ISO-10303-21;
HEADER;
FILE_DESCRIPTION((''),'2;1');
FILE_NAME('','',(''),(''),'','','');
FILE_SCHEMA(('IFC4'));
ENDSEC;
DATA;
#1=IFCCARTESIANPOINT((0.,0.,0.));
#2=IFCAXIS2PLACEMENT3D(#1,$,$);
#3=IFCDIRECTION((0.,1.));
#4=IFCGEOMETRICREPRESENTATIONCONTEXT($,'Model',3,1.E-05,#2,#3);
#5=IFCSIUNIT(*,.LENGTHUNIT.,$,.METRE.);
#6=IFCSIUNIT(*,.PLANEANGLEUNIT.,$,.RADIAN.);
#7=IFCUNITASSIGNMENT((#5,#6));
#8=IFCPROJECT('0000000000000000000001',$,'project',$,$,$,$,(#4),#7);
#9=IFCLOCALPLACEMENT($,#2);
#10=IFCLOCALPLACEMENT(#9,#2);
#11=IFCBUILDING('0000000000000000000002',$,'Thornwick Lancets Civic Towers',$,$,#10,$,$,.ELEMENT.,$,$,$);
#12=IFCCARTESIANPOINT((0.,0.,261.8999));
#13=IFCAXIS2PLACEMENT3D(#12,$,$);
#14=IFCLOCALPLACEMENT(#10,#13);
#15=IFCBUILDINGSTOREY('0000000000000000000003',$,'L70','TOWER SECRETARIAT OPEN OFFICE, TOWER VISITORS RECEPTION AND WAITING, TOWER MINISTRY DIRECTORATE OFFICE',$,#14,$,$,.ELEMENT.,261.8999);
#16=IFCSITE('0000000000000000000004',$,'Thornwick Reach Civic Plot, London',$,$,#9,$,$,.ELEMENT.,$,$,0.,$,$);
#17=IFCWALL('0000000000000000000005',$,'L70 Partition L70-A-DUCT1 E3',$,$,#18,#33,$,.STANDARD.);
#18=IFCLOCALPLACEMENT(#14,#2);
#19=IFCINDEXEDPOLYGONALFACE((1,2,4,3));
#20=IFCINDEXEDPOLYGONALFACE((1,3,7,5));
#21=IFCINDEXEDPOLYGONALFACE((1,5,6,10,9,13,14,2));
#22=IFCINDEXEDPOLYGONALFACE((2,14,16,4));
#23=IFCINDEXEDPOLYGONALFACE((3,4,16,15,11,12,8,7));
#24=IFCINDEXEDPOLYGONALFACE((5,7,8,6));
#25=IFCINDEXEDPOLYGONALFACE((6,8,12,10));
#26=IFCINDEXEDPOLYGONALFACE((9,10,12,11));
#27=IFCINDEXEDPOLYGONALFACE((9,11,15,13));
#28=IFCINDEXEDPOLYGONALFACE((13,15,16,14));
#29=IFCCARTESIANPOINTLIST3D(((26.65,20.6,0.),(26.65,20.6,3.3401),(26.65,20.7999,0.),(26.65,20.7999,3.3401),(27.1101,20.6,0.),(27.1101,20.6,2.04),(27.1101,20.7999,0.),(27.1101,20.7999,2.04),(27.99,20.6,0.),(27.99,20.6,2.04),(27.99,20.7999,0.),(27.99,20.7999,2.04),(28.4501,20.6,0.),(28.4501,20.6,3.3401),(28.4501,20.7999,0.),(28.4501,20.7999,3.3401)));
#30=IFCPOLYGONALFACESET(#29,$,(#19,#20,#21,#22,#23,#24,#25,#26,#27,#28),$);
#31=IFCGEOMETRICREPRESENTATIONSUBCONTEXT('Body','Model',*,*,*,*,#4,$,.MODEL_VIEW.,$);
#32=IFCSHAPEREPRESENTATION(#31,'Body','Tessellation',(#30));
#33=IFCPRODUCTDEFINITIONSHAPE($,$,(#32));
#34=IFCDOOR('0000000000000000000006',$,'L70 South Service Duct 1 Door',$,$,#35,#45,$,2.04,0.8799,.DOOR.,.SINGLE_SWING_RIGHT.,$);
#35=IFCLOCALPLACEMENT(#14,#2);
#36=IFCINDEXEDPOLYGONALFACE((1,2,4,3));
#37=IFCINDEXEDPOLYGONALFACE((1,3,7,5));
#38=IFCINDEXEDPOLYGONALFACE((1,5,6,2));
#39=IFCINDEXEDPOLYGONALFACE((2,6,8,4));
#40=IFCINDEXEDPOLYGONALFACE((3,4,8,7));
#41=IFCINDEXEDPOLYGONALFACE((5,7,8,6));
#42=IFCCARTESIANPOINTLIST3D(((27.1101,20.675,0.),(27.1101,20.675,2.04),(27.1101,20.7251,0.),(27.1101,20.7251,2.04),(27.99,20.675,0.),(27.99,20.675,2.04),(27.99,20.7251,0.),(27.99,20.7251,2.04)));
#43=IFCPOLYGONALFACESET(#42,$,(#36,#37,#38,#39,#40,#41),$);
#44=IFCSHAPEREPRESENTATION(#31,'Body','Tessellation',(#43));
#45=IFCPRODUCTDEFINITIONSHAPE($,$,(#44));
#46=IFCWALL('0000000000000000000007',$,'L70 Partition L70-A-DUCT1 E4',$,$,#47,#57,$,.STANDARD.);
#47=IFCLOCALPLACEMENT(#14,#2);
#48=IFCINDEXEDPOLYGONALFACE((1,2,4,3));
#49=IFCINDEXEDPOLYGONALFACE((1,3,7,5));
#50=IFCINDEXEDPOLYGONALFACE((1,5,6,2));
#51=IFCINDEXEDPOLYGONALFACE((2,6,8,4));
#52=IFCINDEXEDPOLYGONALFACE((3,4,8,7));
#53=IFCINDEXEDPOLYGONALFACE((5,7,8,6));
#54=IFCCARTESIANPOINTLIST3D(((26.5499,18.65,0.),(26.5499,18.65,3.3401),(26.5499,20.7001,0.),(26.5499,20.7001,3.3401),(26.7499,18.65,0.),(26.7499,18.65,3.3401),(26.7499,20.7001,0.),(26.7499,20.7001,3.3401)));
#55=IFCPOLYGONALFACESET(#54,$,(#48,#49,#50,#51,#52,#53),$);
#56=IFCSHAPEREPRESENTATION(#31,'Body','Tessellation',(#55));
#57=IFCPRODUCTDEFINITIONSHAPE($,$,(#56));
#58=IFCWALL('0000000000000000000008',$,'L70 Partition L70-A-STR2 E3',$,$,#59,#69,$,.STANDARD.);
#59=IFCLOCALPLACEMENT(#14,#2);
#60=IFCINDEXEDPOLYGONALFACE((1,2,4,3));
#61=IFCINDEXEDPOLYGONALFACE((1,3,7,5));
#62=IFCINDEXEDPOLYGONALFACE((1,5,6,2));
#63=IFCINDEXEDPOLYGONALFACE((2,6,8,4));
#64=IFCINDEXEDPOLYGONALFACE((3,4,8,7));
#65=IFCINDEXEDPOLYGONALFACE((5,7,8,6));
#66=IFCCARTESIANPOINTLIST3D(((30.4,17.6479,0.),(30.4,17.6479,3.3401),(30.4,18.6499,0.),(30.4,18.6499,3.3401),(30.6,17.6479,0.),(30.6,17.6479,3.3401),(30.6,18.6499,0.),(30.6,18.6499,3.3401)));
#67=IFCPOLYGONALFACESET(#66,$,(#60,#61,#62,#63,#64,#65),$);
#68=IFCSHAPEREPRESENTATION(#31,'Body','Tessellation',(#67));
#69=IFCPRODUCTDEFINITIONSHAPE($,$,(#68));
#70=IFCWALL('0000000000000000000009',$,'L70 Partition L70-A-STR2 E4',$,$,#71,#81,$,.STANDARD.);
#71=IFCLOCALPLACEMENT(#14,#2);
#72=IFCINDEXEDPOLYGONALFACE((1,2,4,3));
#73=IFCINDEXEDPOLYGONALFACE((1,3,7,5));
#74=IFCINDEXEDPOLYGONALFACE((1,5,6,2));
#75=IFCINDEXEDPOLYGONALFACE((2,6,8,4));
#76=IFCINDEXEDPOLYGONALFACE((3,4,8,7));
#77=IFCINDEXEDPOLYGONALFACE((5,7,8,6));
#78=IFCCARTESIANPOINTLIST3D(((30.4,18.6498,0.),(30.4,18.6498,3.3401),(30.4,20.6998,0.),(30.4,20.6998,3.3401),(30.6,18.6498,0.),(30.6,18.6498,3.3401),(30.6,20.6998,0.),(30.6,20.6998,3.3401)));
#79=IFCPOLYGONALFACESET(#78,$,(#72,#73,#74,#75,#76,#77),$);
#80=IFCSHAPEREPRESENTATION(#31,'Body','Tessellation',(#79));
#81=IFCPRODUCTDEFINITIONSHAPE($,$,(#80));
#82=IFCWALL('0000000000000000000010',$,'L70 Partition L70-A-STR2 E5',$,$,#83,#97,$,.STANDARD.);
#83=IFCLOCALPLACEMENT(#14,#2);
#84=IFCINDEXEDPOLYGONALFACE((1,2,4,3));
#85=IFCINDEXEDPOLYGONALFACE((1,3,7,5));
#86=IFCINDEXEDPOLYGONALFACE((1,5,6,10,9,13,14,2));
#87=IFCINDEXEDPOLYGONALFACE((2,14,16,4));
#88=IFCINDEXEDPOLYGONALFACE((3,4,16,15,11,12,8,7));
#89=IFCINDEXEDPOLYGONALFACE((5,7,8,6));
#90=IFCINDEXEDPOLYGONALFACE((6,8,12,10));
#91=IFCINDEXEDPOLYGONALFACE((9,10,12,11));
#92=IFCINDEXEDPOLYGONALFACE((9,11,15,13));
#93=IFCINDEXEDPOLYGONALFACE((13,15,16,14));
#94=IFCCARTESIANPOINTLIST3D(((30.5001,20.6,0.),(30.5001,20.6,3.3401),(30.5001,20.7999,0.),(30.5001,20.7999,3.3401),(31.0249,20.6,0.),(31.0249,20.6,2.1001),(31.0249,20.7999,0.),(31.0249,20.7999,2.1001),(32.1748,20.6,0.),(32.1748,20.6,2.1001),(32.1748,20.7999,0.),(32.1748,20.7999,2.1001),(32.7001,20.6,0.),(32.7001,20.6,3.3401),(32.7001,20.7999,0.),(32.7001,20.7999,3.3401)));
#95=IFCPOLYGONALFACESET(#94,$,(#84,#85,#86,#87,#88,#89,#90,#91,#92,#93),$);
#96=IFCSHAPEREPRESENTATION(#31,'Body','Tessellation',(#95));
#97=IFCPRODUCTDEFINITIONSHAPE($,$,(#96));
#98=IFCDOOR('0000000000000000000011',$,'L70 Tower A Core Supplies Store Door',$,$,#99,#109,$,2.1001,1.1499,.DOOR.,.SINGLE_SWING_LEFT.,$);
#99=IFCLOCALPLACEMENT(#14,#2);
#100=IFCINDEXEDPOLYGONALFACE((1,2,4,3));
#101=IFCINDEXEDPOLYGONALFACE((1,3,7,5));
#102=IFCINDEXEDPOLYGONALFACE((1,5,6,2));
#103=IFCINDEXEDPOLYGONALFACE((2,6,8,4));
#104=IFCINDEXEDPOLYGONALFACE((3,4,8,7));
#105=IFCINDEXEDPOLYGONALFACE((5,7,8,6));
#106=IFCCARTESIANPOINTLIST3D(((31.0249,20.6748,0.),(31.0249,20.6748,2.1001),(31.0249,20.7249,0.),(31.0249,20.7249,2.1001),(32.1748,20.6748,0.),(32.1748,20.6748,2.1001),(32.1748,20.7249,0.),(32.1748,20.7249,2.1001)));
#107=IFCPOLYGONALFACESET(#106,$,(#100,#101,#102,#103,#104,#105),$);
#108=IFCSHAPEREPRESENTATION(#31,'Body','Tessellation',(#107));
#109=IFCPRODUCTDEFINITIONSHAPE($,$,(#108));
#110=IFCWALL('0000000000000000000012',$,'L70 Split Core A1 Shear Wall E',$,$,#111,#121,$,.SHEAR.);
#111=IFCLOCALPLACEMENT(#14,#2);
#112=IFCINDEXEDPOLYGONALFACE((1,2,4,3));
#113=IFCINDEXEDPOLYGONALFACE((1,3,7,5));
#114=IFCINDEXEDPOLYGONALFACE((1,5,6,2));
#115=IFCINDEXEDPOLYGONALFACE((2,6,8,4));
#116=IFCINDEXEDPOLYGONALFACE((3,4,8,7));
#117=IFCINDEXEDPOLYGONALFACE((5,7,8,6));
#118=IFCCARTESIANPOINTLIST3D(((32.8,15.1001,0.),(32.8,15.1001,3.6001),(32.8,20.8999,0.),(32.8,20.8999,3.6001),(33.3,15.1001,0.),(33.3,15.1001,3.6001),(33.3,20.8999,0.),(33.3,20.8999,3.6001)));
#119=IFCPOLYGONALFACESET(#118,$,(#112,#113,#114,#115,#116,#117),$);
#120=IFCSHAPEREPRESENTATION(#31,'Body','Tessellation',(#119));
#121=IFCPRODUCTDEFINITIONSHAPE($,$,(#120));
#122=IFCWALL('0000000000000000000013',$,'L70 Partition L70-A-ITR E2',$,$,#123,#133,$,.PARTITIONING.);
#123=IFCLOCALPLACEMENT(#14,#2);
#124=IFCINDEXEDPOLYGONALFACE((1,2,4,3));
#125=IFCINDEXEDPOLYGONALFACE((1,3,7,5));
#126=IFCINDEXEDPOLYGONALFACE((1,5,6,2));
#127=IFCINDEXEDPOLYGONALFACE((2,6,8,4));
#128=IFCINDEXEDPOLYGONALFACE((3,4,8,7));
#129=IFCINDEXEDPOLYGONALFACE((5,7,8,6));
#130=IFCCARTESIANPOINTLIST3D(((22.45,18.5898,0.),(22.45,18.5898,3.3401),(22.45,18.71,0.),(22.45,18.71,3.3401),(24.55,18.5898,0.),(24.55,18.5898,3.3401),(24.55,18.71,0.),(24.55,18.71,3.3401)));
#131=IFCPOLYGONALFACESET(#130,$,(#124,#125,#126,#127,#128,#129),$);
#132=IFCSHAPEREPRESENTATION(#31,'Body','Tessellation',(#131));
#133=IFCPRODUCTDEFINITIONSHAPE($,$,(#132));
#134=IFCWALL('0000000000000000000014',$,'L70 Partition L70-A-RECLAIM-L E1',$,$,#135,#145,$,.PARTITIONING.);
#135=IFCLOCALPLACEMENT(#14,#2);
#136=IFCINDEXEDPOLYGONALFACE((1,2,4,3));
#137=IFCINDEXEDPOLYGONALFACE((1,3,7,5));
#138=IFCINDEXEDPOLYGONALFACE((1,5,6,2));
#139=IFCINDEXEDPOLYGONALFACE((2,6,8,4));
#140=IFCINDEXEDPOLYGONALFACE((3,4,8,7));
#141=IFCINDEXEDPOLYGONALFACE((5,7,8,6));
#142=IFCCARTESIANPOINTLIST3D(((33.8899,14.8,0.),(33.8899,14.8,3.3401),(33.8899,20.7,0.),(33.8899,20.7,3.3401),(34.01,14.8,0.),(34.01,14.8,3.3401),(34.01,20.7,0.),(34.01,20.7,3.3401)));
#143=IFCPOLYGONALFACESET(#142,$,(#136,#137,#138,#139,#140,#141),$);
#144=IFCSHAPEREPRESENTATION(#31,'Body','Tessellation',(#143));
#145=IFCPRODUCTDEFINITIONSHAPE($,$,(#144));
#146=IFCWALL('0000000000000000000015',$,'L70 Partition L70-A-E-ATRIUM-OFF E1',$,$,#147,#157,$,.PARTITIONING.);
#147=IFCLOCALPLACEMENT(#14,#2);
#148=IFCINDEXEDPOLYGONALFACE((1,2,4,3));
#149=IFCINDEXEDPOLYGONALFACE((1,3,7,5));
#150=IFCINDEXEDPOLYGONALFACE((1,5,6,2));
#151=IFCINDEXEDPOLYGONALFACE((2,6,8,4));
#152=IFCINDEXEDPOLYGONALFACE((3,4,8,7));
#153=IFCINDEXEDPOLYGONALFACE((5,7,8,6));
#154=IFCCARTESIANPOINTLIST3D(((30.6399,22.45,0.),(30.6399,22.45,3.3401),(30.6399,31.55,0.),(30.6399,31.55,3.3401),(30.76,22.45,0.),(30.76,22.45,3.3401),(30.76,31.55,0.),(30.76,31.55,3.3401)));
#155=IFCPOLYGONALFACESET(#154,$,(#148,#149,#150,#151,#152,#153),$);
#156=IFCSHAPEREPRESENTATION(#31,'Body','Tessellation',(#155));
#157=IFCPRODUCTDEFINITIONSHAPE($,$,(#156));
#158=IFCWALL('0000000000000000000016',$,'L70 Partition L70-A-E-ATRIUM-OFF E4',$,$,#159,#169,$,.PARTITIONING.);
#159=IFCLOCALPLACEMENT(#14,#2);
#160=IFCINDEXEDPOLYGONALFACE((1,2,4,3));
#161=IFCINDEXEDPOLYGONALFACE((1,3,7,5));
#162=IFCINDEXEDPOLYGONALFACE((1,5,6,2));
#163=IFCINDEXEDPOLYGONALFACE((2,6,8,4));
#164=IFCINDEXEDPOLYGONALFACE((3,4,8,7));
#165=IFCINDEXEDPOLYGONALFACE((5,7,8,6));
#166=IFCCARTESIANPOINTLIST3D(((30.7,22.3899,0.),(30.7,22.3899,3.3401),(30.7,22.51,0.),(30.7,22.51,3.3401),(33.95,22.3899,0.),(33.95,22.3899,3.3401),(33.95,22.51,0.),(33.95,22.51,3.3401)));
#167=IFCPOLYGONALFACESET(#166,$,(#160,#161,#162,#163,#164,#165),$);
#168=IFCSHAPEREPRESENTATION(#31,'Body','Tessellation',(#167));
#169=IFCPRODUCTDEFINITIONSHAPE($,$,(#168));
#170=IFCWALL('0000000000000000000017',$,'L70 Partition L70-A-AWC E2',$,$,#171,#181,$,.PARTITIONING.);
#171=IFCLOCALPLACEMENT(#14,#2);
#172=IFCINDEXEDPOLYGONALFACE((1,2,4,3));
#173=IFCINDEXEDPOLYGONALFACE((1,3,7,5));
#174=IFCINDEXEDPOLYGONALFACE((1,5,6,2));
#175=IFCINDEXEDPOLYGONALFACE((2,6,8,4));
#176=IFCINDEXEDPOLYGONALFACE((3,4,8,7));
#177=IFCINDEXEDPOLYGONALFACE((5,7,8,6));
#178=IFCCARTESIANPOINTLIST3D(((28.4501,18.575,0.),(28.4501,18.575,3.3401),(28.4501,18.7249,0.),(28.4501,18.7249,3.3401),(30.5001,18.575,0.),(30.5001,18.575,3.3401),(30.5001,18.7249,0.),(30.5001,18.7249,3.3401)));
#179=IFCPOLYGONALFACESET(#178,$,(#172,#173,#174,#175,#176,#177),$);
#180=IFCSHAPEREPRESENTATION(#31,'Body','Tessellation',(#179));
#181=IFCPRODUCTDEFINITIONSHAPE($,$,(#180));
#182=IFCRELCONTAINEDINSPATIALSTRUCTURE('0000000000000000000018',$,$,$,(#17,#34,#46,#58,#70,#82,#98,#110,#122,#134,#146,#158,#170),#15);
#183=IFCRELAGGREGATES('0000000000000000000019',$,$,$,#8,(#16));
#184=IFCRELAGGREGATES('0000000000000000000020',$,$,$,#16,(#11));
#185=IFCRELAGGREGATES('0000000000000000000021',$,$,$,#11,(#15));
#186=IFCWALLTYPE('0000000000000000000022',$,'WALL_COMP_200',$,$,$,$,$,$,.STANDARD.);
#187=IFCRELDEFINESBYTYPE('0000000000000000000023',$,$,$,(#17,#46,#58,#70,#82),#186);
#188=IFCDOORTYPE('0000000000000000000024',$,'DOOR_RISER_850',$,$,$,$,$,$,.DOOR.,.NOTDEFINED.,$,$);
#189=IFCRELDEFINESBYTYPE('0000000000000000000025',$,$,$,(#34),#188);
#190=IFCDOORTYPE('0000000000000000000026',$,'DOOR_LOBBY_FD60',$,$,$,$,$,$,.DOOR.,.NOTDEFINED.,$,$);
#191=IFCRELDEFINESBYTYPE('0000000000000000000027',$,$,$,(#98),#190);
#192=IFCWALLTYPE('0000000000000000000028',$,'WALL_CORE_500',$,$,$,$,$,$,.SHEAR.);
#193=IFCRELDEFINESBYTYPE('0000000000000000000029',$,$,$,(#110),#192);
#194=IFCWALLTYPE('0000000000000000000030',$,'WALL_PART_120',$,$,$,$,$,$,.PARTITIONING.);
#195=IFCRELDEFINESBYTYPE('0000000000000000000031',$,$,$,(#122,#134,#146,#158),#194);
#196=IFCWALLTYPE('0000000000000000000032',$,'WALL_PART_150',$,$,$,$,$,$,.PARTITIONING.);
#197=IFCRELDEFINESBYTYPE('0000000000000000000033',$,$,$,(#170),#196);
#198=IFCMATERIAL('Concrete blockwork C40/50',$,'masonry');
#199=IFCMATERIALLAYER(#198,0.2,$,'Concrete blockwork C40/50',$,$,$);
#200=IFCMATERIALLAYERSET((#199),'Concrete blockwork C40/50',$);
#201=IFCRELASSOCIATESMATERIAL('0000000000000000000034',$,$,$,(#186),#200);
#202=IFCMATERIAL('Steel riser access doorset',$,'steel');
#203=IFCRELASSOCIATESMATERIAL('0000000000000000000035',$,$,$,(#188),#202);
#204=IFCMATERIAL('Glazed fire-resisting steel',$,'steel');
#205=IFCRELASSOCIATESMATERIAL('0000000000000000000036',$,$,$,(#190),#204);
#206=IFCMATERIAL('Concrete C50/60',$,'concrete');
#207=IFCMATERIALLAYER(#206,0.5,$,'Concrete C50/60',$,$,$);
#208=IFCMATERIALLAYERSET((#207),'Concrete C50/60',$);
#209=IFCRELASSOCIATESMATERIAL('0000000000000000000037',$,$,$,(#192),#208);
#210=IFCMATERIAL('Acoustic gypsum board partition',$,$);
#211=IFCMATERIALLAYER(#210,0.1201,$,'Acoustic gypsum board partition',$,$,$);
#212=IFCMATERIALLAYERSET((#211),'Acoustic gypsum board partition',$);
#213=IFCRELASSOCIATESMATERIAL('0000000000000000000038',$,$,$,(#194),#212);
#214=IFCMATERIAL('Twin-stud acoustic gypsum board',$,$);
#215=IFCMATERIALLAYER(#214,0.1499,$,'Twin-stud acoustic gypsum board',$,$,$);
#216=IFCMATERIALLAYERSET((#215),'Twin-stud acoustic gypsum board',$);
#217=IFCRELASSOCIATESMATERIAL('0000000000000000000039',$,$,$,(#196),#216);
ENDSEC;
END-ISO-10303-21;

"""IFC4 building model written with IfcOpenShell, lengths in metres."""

from ifc_helpers import new_model, si_unit, direction, frame, frame_2d, origin, place, context, subcontext, project, spatial, rectangle, extrude, material, layer, layer_set, type_object, element, fill, save


model = new_model("IFC4")

# Units and contexts
model_context = context("Model", 3, precision=1e-05, world=origin(), true_north=direction((0.0, 1.0)))
body_context = subcontext(model_context, "Body", "Model", "MODEL_VIEW")
ifc_project = project(units=[si_unit("LENGTHUNIT", "METRE"), si_unit("PLANEANGLEUNIT", "RADIAN")], contexts=[model_context])

# Site, building, storey
site_placement = place(None, origin())
site = spatial("IfcSite", under=ifc_project, at=site_placement, Name="Thornwick Reach Civic Plot, London", CompositionType="ELEMENT", RefElevation=0.0)
building_placement = place(site_placement, origin())
building = spatial("IfcBuilding", under=site, at=building_placement, Name="Thornwick Lancets Civic Towers", CompositionType="ELEMENT")
storey_placement = place(building_placement, frame((0.0, 0.0, 261.8999)))
storey = spatial("IfcBuildingStorey", under=building, at=storey_placement, Name="L70", Description="TOWER SECRETARIAT OPEN OFFICE, TOWER VISITORS RECEPTION AND WAITING, TOWER MINISTRY DIRECTORATE OFFICE", CompositionType="ELEMENT", Elevation=261.8999)

# Shared definitions
ifc_material_1 = material(Name="Concrete C50/60", Category="concrete")

# Shared definitions
ifc_material_2 = material(Name="Concrete blockwork C40/50", Category="masonry")
ifc_layer_1 = layer(ifc_material_2, 0.2, Name="Concrete blockwork C40/50")
ifc_layer_set_1 = layer_set([ifc_layer_1], Name="Concrete blockwork C40/50")
wall_type_1 = type_object("IfcWallType", Name="WALL_COMP_200", PredefinedType="STANDARD", material=ifc_layer_set_1)

# Wall, opening, door
wall_1_placement = place(storey_placement, frame((28.45, 20.7, 0.0), z_axis=(0.0, 0.0, 1.0), x_axis=(-1.0, 0.0, 0.0)))
wall_1 = element("IfcWall", 1, at=wall_1_placement, inside=storey, type_object=wall_type_1, Name="L70 Partition L70-A-DUCT1 E3", PredefinedType="STANDARD", context=body_context, shape_type="SweptSolid", body=[
    extrude(rectangle(XDim=1.8, YDim=0.2, at=frame_2d((0.8999, 0.0))), origin(), (0.0, 0.0, 1.0), 3.3401),
])
opening_1_placement = place(wall_1_placement, frame((0.46, 0.0, 0.0)))
opening_1 = element("IfcOpeningElement", 2, at=opening_1_placement, cuts=wall_1, PredefinedType="OPENING", context=body_context, shape_type="SweptSolid", body=[
    extrude(rectangle(XDim=0.8799, YDim=2.04, at=frame_2d((0.4399, 1.02))), frame((0.0, 0.1099, 0.0), z_axis=(0.0, -1.0, 0.0), x_axis=(1.0, 0.0, 0.0)), (0.0, 0.0, 1.0), 0.22),
])
ifc_material_3 = material(Name="Steel riser access doorset", Category="steel")
door_type_1 = type_object("IfcDoorType", Name="DOOR_RISER_850", OperationType="NOTDEFINED", PredefinedType="DOOR", material=ifc_material_3)
door_1_placement = place(opening_1_placement, origin())
door_1 = element("IfcDoor", 3, at=door_1_placement, inside=storey, type_object=door_type_1, Name="L70 South Service Duct 1 Door", OperationType="SINGLE_SWING_RIGHT", OverallHeight=2.04, OverallWidth=0.8799, PredefinedType="DOOR", context=body_context, shape_type="SweptSolid", body=[
    extrude(rectangle(XDim=0.8799, YDim=2.04, at=frame_2d((0.4399, 1.02))), frame((0.0, 0.0249, 0.0), z_axis=(0.0, -1.0, 0.0), x_axis=(1.0, 0.0, 0.0)), (0.0, 0.0, 1.0), 0.05),
])
fill(opening_1, door_1)

# Walls
wall_2_placement = place(storey_placement, frame((26.6499, 20.7, 0.0), z_axis=(0.0, 0.0, 1.0), x_axis=(0.0, -1.0, 0.0)))
element("IfcWall", 4, at=wall_2_placement, inside=storey, type_object=wall_type_1, Name="L70 Partition L70-A-DUCT1 E4", PredefinedType="STANDARD", context=body_context, shape_type="SweptSolid", body=[
    extrude(rectangle(XDim=2.05, YDim=0.2, at=frame_2d((1.0249, 0.0))), origin(), (0.0, 0.0, 1.0), 3.3401),
])
wall_3_placement = place(storey_placement, frame((30.5, 17.6479, 0.0), z_axis=(0.0, 0.0, 1.0), x_axis=(0.0, 1.0, 0.0)))
element("IfcWall", 5, at=wall_3_placement, inside=storey, type_object=wall_type_1, Name="L70 Partition L70-A-STR2 E3", PredefinedType="STANDARD", context=body_context, shape_type="SweptSolid", body=[
    extrude(rectangle(XDim=1.002, YDim=0.2, at=frame_2d((0.501, 0.0))), origin(), (0.0, 0.0, 1.0), 3.3401),
])
wall_4_placement = place(storey_placement, frame((30.5, 18.6499, 0.0), z_axis=(0.0, 0.0, 1.0), x_axis=(0.0, 1.0, 0.0)))
element("IfcWall", 6, at=wall_4_placement, inside=storey, type_object=wall_type_1, Name="L70 Partition L70-A-STR2 E4", PredefinedType="STANDARD", context=body_context, shape_type="SweptSolid", body=[
    extrude(rectangle(XDim=2.05, YDim=0.2, at=frame_2d((1.0249, 0.0))), origin(), (0.0, 0.0, 1.0), 3.3401),
])

# Wall, opening, door
wall_5_placement = place(storey_placement, frame((30.5, 20.7, 0.0), z_axis=(0.0, 0.0, 1.0), x_axis=(1.0, 0.0, 0.0)))
wall_5 = element("IfcWall", 7, at=wall_5_placement, inside=storey, type_object=wall_type_1, Name="L70 Partition L70-A-STR2 E5", PredefinedType="STANDARD", context=body_context, shape_type="SweptSolid", body=[
    extrude(rectangle(XDim=2.2, YDim=0.2, at=frame_2d((1.1001, 0.0))), origin(), (0.0, 0.0, 1.0), 3.3401),
])
opening_2_placement = place(wall_5_placement, frame((0.5249, 0.0, 0.0)))
opening_2 = element("IfcOpeningElement", 8, at=opening_2_placement, cuts=wall_5, PredefinedType="OPENING", context=body_context, shape_type="SweptSolid", body=[
    extrude(rectangle(XDim=1.1499, YDim=2.1001, at=frame_2d((0.575, 1.05))), frame((0.0, 0.1099, 0.0), z_axis=(0.0, -1.0, 0.0), x_axis=(1.0, 0.0, 0.0)), (0.0, 0.0, 1.0), 0.22),
])
ifc_material_4 = material(Name="Glazed fire-resisting steel", Category="steel")
door_type_2 = type_object("IfcDoorType", Name="DOOR_LOBBY_FD60", OperationType="NOTDEFINED", PredefinedType="DOOR", material=ifc_material_4)
door_2_placement = place(opening_2_placement, origin())
door_2 = element("IfcDoor", 9, at=door_2_placement, inside=storey, type_object=door_type_2, Name="L70 Tower A Core Supplies Store Door", OperationType="SINGLE_SWING_LEFT", OverallHeight=2.1001, OverallWidth=1.1499, PredefinedType="DOOR", context=body_context, shape_type="SweptSolid", body=[
    extrude(rectangle(XDim=1.1499, YDim=2.1001, at=frame_2d((0.575, 1.05))), frame((0.0, 0.0249, 0.0), z_axis=(0.0, -1.0, 0.0), x_axis=(1.0, 0.0, 0.0)), (0.0, 0.0, 1.0), 0.05),
])
fill(opening_2, door_2)

# Walls
ifc_layer_2 = layer(ifc_material_1, 0.5, Name="Concrete C50/60")
ifc_layer_set_2 = layer_set([ifc_layer_2], Name="Concrete C50/60")
wall_type_2 = type_object("IfcWallType", Name="WALL_CORE_500", PredefinedType="SHEAR", material=ifc_layer_set_2)
wall_6_placement = place(storey_placement, frame((33.05, 15.1001, 0.0), z_axis=(0.0, 0.0, 1.0), x_axis=(0.0, 1.0, 0.0)))
element("IfcWall", 10, at=wall_6_placement, inside=storey, type_object=wall_type_2, Name="L70 Split Core A1 Shear Wall E", PredefinedType="SHEAR", context=body_context, shape_type="SweptSolid", body=[
    extrude(rectangle(XDim=5.7998, YDim=0.5, at=frame_2d((2.8999, 0.0))), origin(), (0.0, 0.0, 1.0), 3.6001),
])
ifc_material_5 = material(Name="Acoustic gypsum board partition")
ifc_layer_3 = layer(ifc_material_5, 0.1201, Name="Acoustic gypsum board partition")
ifc_layer_set_3 = layer_set([ifc_layer_3], Name="Acoustic gypsum board partition")
wall_type_3 = type_object("IfcWallType", Name="WALL_PART_120", PredefinedType="PARTITIONING", material=ifc_layer_set_3)
wall_7_placement = place(storey_placement, frame((24.55, 18.6499, 0.0), z_axis=(0.0, 0.0, 1.0), x_axis=(-1.0, 0.0, 0.0)))
element("IfcWall", 11, at=wall_7_placement, inside=storey, type_object=wall_type_3, Name="L70 Partition L70-A-ITR E2", PredefinedType="PARTITIONING", context=body_context, shape_type="SweptSolid", body=[
    extrude(rectangle(XDim=2.1001, YDim=0.1201, at=frame_2d((1.05, 0.0))), origin(), (0.0, 0.0, 1.0), 3.3401),
])
wall_8_placement = place(storey_placement, frame((33.95, 20.7, 0.0), z_axis=(0.0, 0.0, 1.0), x_axis=(0.0, -1.0, 0.0)))
element("IfcWall", 12, at=wall_8_placement, inside=storey, type_object=wall_type_3, Name="L70 Partition L70-A-RECLAIM-L E1", PredefinedType="PARTITIONING", context=body_context, shape_type="SweptSolid", body=[
    extrude(rectangle(XDim=5.8999, YDim=0.1201, at=frame_2d((2.95, 0.0))), origin(), (0.0, 0.0, 1.0), 3.3401),
])
wall_9_placement = place(storey_placement, frame((30.7, 22.45, 0.0), z_axis=(0.0, 0.0, 1.0), x_axis=(0.0, 1.0, 0.0)))
element("IfcWall", 13, at=wall_9_placement, inside=storey, type_object=wall_type_3, Name="L70 Partition L70-A-E-ATRIUM-OFF E1", PredefinedType="PARTITIONING", context=body_context, shape_type="SweptSolid", body=[
    extrude(rectangle(XDim=9.1001, YDim=0.1201, at=frame_2d((4.55, 0.0))), origin(), (0.0, 0.0, 1.0), 3.3401),
])
wall_10_placement = place(storey_placement, frame((33.95, 22.45, 0.0), z_axis=(0.0, 0.0, 1.0), x_axis=(-1.0, 0.0, 0.0)))
element("IfcWall", 14, at=wall_10_placement, inside=storey, type_object=wall_type_3, Name="L70 Partition L70-A-E-ATRIUM-OFF E4", PredefinedType="PARTITIONING", context=body_context, shape_type="SweptSolid", body=[
    extrude(rectangle(XDim=3.25, YDim=0.1201, at=frame_2d((1.625, 0.0))), origin(), (0.0, 0.0, 1.0), 3.3401),
])
ifc_material_6 = material(Name="Twin-stud acoustic gypsum board")
ifc_layer_4 = layer(ifc_material_6, 0.1499, Name="Twin-stud acoustic gypsum board")
ifc_layer_set_4 = layer_set([ifc_layer_4], Name="Twin-stud acoustic gypsum board")
wall_type_4 = type_object("IfcWallType", Name="WALL_PART_150", PredefinedType="PARTITIONING", material=ifc_layer_set_4)
wall_11_placement = place(storey_placement, frame((30.5, 18.6499, 0.0), z_axis=(0.0, 0.0, 1.0), x_axis=(-1.0, 0.0, 0.0)))
element("IfcWall", 15, at=wall_11_placement, inside=storey, type_object=wall_type_4, Name="L70 Partition L70-A-AWC E2", PredefinedType="PARTITIONING", context=body_context, shape_type="SweptSolid", body=[
    extrude(rectangle(XDim=2.05, YDim=0.1499, at=frame_2d((1.0249, 0.0))), origin(), (0.0, 0.0, 1.0), 3.3401),
])

save(model, "model.ifc")
